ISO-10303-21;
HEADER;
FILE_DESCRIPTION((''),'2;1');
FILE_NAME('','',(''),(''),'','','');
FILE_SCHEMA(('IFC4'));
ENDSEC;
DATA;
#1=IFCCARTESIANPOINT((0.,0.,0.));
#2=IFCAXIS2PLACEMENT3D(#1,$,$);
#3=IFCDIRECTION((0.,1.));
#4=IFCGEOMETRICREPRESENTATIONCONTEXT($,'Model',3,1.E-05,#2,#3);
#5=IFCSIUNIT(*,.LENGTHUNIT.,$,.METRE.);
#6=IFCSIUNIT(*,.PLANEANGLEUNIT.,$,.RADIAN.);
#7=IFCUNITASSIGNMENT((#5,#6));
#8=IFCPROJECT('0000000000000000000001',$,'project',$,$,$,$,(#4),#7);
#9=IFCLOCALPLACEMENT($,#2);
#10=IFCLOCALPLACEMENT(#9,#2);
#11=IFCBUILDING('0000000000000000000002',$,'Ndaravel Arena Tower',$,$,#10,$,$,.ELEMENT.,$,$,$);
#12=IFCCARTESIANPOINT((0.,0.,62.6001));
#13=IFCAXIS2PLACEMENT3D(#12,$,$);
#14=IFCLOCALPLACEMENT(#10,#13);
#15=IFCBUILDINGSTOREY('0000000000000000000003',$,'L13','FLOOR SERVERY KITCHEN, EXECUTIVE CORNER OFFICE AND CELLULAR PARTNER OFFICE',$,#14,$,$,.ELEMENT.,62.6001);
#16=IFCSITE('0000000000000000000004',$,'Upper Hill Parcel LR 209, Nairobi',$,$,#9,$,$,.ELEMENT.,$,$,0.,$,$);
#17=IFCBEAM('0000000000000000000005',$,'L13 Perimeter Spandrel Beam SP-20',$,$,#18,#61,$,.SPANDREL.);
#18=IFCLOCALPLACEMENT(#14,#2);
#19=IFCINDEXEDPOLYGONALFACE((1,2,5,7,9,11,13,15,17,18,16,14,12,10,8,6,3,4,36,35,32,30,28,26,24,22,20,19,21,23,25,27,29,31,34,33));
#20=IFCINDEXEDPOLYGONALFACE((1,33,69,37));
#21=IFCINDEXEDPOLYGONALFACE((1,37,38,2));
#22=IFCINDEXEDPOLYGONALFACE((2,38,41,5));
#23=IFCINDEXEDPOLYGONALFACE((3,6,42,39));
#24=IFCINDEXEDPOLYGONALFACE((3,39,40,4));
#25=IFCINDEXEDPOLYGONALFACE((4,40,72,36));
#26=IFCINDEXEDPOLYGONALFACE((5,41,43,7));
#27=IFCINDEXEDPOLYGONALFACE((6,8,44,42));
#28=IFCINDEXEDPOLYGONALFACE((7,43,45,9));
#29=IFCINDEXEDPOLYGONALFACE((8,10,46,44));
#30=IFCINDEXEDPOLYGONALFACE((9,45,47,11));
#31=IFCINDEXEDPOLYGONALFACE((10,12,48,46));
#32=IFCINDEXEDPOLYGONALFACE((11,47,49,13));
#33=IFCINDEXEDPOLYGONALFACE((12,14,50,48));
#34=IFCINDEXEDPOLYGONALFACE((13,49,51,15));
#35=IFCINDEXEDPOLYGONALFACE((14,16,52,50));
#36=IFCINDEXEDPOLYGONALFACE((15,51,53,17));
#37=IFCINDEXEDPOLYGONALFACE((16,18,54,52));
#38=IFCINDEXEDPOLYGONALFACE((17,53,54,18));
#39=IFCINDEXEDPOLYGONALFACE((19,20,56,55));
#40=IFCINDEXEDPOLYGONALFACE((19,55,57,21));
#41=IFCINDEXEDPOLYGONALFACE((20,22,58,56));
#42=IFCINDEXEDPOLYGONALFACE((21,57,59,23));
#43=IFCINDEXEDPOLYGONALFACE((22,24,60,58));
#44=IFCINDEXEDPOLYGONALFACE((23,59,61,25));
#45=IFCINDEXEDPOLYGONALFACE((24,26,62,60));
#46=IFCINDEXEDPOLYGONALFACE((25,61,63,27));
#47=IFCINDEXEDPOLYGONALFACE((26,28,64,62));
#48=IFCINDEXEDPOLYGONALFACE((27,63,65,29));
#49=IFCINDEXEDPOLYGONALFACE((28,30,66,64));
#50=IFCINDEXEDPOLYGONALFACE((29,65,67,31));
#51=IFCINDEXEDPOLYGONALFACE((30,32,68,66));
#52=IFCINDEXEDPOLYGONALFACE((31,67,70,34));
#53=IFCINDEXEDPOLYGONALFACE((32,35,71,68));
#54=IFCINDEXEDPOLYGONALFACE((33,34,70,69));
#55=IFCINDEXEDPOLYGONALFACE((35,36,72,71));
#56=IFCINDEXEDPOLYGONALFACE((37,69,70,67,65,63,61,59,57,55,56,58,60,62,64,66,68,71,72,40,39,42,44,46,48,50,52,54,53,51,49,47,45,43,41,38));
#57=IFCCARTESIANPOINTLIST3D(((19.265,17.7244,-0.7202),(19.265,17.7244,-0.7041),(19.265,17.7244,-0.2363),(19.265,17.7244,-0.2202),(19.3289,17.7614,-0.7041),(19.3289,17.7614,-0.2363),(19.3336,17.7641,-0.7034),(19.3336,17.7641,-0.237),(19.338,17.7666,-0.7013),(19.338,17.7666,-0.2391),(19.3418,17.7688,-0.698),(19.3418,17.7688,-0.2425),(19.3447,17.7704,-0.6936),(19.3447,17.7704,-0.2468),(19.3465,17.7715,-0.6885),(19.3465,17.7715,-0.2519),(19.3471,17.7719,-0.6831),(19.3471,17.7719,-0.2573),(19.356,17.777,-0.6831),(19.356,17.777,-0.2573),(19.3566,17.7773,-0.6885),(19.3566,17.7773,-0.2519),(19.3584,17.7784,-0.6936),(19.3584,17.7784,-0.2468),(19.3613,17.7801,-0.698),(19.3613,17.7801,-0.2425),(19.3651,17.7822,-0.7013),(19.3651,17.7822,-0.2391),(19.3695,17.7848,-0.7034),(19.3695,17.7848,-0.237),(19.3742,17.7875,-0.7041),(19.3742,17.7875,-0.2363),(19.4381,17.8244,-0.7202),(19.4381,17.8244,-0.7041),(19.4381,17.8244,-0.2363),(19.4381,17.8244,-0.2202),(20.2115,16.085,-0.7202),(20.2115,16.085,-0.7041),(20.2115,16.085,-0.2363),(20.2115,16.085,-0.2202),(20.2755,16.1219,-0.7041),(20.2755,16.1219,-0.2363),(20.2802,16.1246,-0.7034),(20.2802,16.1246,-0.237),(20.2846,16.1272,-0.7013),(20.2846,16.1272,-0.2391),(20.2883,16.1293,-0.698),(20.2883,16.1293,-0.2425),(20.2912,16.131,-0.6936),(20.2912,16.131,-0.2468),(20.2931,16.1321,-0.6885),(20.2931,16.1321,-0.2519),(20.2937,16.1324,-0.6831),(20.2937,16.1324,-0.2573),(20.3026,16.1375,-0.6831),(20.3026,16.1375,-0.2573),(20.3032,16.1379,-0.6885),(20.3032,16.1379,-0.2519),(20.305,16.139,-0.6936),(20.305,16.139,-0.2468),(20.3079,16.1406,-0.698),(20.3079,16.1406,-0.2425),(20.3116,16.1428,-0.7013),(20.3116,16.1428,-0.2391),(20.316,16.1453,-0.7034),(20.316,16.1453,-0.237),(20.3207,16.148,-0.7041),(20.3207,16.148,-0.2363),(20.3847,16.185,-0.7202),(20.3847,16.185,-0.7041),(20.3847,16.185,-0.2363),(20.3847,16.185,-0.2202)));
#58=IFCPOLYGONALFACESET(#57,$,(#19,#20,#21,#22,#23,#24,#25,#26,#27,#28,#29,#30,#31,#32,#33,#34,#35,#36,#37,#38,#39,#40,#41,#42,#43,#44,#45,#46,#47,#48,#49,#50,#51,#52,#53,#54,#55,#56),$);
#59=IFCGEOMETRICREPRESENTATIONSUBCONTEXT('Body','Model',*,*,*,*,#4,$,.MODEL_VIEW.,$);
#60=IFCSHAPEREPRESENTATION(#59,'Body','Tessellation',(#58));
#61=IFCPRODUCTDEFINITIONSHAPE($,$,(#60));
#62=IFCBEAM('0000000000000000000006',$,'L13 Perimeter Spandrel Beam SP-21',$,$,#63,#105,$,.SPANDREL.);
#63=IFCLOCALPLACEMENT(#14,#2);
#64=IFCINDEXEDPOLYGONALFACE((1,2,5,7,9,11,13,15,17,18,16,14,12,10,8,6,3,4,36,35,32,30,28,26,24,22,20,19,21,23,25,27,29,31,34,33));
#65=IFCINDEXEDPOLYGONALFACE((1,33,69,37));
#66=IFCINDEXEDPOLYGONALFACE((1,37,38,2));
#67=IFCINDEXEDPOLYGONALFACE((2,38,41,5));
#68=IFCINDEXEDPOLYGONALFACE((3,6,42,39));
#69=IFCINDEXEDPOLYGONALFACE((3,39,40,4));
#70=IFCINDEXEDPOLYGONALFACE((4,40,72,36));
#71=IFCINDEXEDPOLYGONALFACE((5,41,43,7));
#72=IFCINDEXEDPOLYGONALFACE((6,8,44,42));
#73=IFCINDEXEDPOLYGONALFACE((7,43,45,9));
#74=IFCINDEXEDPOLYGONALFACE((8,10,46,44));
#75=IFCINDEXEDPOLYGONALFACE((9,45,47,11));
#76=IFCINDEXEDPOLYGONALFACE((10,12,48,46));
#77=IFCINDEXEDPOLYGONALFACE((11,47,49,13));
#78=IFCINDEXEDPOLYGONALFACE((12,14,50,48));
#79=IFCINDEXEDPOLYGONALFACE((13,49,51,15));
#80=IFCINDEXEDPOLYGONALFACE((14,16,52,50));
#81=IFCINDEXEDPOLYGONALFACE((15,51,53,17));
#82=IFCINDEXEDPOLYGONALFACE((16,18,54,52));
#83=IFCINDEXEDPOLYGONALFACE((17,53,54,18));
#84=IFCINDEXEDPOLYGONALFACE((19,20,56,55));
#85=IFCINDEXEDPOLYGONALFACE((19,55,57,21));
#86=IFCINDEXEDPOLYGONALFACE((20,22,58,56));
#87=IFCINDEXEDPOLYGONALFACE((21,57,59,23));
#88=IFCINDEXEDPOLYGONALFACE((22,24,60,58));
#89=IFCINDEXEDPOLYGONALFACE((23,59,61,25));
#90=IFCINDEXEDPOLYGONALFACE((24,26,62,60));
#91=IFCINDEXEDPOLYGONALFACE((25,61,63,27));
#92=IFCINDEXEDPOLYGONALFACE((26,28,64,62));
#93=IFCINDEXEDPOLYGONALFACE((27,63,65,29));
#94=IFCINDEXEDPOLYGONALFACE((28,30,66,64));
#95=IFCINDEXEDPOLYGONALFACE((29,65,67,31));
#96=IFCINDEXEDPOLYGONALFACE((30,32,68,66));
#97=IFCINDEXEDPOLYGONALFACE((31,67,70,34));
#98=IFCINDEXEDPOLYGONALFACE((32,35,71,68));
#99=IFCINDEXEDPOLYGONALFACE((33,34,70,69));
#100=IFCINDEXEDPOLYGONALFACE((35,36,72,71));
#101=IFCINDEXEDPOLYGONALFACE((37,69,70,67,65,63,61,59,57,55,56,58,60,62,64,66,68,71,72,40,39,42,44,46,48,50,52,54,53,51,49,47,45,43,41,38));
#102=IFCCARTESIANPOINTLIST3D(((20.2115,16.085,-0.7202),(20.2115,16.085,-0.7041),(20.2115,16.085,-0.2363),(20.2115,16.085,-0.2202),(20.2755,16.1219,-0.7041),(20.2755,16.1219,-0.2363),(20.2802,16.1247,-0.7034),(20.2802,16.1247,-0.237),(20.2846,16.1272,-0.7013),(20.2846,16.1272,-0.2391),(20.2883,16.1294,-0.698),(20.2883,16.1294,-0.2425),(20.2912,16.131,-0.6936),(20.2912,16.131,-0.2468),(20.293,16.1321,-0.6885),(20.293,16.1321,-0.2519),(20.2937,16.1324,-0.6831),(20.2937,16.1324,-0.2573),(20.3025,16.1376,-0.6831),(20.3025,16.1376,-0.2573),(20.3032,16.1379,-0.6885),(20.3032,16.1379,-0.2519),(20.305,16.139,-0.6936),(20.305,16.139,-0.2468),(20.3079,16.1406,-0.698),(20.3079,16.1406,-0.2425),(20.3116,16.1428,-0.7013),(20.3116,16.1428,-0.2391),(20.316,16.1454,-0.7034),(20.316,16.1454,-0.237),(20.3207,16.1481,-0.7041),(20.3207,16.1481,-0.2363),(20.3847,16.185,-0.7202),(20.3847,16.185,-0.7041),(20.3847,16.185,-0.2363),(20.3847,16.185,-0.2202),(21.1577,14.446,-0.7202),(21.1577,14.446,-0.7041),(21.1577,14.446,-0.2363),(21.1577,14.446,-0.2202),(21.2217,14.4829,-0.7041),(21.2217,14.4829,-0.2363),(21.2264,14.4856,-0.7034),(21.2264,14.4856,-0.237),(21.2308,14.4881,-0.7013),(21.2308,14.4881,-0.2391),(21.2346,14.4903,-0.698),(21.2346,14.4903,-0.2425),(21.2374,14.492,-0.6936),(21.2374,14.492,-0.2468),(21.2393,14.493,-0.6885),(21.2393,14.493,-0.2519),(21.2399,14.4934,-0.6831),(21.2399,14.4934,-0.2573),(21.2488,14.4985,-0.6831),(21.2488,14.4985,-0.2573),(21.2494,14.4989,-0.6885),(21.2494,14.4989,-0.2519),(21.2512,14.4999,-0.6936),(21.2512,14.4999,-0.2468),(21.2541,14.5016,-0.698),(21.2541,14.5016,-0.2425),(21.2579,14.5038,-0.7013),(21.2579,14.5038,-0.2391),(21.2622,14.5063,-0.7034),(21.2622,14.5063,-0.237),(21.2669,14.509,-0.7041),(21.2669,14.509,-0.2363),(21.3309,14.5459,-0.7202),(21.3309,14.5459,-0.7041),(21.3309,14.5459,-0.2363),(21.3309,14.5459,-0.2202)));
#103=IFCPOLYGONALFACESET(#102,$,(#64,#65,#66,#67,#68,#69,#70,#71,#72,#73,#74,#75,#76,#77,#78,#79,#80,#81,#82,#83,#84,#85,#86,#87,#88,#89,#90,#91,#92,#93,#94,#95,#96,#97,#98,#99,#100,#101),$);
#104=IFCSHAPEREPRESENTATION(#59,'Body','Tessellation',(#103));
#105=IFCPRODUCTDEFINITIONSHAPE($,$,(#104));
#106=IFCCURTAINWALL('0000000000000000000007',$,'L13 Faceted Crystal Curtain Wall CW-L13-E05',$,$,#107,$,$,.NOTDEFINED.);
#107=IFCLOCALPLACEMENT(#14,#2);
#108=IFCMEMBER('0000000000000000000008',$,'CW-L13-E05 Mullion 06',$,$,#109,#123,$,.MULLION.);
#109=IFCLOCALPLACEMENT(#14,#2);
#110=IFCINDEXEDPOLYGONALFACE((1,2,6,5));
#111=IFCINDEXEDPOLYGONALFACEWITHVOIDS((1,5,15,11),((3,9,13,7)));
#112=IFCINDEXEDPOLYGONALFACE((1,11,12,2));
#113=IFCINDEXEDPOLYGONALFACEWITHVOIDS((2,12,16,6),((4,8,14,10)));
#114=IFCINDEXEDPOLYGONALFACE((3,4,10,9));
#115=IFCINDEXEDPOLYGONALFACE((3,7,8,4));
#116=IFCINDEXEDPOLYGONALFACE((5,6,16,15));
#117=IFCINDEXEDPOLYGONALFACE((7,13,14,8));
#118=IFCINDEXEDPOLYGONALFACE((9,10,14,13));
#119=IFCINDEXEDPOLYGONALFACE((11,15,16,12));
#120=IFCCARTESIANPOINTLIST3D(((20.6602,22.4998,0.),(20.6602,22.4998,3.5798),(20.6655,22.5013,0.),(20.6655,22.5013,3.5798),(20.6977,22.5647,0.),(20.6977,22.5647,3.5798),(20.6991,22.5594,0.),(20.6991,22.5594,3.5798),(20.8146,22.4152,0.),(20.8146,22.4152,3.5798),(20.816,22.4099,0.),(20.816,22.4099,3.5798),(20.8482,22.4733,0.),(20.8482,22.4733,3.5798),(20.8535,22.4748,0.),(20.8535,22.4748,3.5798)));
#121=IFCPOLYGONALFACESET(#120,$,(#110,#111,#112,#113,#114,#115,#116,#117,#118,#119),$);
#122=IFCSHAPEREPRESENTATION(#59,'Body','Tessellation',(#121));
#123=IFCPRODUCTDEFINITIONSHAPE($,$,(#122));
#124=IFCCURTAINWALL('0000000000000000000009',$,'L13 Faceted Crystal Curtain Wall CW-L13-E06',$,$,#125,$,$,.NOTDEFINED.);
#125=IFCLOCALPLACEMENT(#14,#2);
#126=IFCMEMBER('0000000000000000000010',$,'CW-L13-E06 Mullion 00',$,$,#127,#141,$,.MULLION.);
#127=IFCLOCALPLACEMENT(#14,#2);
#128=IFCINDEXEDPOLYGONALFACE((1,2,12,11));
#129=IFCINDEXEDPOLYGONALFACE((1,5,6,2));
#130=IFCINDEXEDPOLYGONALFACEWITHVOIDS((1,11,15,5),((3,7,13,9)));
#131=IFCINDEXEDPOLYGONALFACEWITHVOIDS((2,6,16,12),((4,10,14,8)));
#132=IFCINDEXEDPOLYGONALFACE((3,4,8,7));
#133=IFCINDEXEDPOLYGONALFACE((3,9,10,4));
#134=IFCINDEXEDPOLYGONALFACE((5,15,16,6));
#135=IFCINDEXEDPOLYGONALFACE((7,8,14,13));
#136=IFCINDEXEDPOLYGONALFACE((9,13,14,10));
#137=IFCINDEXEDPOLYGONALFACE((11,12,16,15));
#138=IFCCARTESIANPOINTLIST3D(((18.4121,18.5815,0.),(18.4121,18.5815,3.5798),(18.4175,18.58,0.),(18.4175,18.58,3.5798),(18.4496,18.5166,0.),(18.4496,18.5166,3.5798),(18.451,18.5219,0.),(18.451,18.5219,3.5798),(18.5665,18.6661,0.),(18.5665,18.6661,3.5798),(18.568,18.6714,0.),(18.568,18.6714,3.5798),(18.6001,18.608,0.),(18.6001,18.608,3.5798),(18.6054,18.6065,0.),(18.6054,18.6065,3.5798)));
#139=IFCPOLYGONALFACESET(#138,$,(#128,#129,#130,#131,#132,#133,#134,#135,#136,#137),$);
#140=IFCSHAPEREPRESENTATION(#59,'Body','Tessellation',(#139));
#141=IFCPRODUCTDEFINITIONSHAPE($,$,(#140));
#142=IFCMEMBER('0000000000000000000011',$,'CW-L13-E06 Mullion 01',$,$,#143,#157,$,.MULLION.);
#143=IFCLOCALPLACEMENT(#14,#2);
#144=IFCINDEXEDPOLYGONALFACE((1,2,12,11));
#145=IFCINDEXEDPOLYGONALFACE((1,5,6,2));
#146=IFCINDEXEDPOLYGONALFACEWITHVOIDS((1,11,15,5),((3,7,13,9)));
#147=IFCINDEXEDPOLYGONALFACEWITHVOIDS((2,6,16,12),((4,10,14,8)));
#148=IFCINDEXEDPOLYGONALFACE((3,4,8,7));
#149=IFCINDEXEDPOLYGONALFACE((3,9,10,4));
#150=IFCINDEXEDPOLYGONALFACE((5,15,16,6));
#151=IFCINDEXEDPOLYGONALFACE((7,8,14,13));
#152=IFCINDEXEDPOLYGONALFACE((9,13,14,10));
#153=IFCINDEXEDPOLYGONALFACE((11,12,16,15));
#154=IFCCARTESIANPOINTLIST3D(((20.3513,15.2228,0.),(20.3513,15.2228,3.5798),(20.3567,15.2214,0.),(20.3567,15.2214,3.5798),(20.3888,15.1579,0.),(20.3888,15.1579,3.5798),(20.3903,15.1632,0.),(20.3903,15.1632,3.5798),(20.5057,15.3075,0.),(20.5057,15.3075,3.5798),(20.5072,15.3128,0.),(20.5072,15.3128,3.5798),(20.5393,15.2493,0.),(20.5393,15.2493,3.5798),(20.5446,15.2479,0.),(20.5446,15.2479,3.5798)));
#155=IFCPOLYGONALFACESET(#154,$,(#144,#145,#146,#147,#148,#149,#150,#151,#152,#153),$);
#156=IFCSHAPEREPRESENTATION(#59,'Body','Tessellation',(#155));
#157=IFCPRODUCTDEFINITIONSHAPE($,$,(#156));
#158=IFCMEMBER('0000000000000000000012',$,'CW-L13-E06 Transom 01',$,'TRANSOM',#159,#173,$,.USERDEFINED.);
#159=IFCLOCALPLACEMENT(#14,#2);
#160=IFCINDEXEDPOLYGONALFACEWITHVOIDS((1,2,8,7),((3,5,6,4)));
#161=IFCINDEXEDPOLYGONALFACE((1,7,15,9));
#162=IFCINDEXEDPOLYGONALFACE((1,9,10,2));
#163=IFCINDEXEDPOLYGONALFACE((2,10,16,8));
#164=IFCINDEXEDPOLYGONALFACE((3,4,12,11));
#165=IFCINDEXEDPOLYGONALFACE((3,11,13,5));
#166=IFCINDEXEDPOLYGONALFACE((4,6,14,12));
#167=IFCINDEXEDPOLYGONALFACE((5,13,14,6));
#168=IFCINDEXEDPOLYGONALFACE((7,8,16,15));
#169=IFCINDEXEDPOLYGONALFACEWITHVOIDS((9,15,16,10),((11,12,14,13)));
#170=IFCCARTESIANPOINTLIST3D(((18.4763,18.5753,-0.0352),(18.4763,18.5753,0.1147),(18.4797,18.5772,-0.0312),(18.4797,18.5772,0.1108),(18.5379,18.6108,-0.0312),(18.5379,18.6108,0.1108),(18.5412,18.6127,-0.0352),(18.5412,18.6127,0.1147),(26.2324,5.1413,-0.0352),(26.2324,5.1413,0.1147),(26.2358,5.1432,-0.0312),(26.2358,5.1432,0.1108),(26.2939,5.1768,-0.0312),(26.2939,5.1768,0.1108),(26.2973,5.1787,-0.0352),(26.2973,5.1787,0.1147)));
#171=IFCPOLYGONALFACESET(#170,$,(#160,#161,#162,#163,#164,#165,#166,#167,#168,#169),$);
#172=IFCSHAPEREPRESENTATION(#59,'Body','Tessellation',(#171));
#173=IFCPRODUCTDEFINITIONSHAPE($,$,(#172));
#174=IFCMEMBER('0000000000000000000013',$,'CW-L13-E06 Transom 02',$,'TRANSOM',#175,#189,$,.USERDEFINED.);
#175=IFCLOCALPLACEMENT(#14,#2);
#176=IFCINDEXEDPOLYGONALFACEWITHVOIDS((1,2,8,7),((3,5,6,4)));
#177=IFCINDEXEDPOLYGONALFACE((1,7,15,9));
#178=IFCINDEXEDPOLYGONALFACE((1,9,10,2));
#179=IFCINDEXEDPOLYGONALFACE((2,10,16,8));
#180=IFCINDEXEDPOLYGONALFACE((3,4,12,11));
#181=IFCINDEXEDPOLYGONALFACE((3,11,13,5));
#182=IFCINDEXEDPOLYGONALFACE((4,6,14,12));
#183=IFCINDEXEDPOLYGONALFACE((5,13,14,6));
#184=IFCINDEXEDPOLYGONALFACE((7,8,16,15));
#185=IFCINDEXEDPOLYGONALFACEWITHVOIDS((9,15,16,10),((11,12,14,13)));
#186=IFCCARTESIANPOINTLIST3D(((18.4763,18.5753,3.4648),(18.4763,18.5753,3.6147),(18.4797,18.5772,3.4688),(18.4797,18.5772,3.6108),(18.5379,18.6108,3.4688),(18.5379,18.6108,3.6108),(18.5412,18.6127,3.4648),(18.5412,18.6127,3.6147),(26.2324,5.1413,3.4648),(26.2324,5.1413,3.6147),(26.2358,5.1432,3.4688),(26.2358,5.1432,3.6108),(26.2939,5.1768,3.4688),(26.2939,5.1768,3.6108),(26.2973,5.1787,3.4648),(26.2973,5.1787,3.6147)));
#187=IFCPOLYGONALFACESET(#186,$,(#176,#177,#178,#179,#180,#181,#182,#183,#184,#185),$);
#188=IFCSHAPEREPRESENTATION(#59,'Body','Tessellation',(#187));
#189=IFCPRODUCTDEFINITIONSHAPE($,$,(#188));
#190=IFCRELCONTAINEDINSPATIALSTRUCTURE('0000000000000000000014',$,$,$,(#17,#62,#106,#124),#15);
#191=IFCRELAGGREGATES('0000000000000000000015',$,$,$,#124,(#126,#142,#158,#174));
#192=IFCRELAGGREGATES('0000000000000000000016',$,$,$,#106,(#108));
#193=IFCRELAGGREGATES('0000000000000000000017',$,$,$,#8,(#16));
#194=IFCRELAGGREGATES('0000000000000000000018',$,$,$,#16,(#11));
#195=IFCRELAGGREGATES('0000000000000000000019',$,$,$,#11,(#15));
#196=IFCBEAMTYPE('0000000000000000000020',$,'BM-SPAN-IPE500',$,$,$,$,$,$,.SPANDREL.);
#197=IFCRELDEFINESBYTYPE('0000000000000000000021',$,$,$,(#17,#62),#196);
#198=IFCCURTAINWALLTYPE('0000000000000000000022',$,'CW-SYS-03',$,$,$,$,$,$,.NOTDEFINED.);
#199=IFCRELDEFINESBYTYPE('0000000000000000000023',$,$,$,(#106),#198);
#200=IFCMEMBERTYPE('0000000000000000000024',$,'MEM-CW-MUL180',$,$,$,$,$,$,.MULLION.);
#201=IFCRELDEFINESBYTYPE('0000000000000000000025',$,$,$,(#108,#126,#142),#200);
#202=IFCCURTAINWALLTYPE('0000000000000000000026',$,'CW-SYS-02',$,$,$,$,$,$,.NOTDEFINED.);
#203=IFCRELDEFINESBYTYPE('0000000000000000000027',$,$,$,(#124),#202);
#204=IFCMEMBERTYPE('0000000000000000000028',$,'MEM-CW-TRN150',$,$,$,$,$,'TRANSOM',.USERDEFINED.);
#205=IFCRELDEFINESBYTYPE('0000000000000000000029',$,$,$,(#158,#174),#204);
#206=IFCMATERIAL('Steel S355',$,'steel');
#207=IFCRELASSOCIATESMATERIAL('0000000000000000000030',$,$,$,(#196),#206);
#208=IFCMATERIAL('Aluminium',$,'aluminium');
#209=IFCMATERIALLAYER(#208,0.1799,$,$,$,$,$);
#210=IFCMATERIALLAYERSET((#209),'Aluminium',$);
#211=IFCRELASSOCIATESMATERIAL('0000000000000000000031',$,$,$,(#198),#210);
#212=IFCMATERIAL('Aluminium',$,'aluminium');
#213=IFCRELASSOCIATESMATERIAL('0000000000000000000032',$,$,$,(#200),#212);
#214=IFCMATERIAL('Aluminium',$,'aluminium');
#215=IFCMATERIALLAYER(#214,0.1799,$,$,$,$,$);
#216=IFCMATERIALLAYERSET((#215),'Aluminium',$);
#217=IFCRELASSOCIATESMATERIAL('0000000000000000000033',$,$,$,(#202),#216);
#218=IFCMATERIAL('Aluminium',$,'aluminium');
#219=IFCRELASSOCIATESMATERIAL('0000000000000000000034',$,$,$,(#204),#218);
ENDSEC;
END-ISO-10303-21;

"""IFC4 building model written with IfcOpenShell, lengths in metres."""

from ifc_helpers import new_model, si_unit, direction, frame, origin, origin_2d, place, context, subcontext, project, spatial, hollow_rectangle, i_section, extrude, material, layer, layer_set, material_profile, profile_set, type_object, element, aggregate, save


model = new_model("IFC4")

# Units and contexts
model_context = context("Model", 3, precision=1e-05, world=origin(), true_north=direction((0.0, 1.0)))
body_context = subcontext(model_context, "Body", "Model", "MODEL_VIEW")
ifc_project = project(units=[si_unit("LENGTHUNIT", "METRE"), si_unit("PLANEANGLEUNIT", "RADIAN")], contexts=[model_context])

# Site, building, storey
site_placement = place(None, origin())
site = spatial("IfcSite", under=ifc_project, at=site_placement, Name="Upper Hill Parcel LR 209, Nairobi", CompositionType="ELEMENT", RefElevation=0.0)
building_placement = place(site_placement, origin())
building = spatial("IfcBuilding", under=site, at=building_placement, Name="Ndaravel Arena Tower", CompositionType="ELEMENT")
storey_placement = place(building_placement, frame((0.0, 0.0, 62.6001)))
storey = spatial("IfcBuildingStorey", under=building, at=storey_placement, Name="L13", Description="FLOOR SERVERY KITCHEN, EXECUTIVE CORNER OFFICE AND CELLULAR PARTNER OFFICE", CompositionType="ELEMENT", Elevation=62.6001)

# Beams
ifc_material_1 = material(Name="Steel S355", Category="steel")
ifc_material_profile_1 = material_profile(ifc_material_1, i_section(OverallWidth=0.2, OverallDepth=0.5, WebThickness=0.0103, FlangeThickness=0.0161, FilletRadius=0.021, at=origin_2d()), Name="IPE 500")
ifc_profile_set_1 = profile_set([ifc_material_profile_1], Name="Steel S355")
beam_type_1 = type_object("IfcBeamType", Name="BM-SPAN-IPE500", PredefinedType="SPANDREL", material=ifc_profile_set_1)
beam_1_placement = place(storey_placement, frame((19.3516, 17.7744, -0.4702), z_axis=(0.500009, -0.86602, 0.0), x_axis=(0.86602, 0.500009, 0.0)))
element("IfcBeam", 1, at=beam_1_placement, inside=storey, type_object=beam_type_1, Name="L13 Perimeter Spandrel Beam SP-20", PredefinedType="SPANDREL", context=body_context, shape_type="SweptSolid", body=[
    extrude(i_section(OverallWidth=0.2, OverallDepth=0.5, WebThickness=0.0103, FlangeThickness=0.0161, FilletRadius=0.021, at=origin_2d()), origin(), (0.0, 0.0, 1.0), 1.8931),
])
beam_2_placement = place(storey_placement, frame((20.2981, 16.135, -0.4702), z_axis=(0.499968, -0.866044, 0.0), x_axis=(0.866044, 0.499968, 0.0)))
element("IfcBeam", 2, at=beam_2_placement, inside=storey, type_object=beam_type_1, Name="L13 Perimeter Spandrel Beam SP-21", PredefinedType="SPANDREL", context=body_context, shape_type="SweptSolid", body=[
    extrude(i_section(OverallWidth=0.2, OverallDepth=0.5, WebThickness=0.0103, FlangeThickness=0.0161, FilletRadius=0.021, at=origin_2d()), origin(), (0.0, 0.0, 1.0), 1.8926),
])

# Curtain wall, member
ifc_material_2 = material(Name="Aluminium", Category="aluminium")
ifc_layer_1 = layer(ifc_material_2, 0.1799)
ifc_layer_set_1 = layer_set([ifc_layer_1], Name="Aluminium")
curtain_wall_type_1 = type_object("IfcCurtainWallType", Name="CW-SYS-03", PredefinedType="NOTDEFINED", material=ifc_layer_set_1)
curtain_wall_1_placement = place(storey_placement, origin())
curtain_wall_1 = element("IfcCurtainWall", 3, at=curtain_wall_1_placement, inside=storey, type_object=curtain_wall_type_1, Name="L13 Faceted Crystal Curtain Wall CW-L13-E05", PredefinedType="NOTDEFINED")
ifc_material_3 = material(Name="Aluminium", Category="aluminium")
ifc_material_profile_2 = material_profile(ifc_material_3, hollow_rectangle(XDim=0.075, YDim=0.1799, WallThickness=0.0039, at=origin_2d()), Name="CW MULLION 75x180x4")
ifc_profile_set_2 = profile_set([ifc_material_profile_2], Name="Aluminium")
member_type_1 = type_object("IfcMemberType", Name="MEM-CW-MUL180", PredefinedType="MULLION", material=ifc_profile_set_2)
member_1_placement = place(storey_placement, frame((20.7568, 22.4873, 0.0), z_axis=(0.0, 0.0, 1.0), x_axis=(-0.5, -0.866025, 0.0)))
member_1 = element("IfcMember", 4, at=member_1_placement, type_object=member_type_1, Name="CW-L13-E05 Mullion 06", PredefinedType="MULLION", context=body_context, shape_type="SweptSolid", body=[
    extrude(hollow_rectangle(XDim=0.075, YDim=0.1799, WallThickness=0.0039, at=origin_2d()), origin(), (0.0, 0.0, 1.0), 3.5798),
])

# Curtain wall, members
ifc_material_4 = material(Name="Aluminium", Category="aluminium")
ifc_layer_2 = layer(ifc_material_4, 0.1799)
ifc_layer_set_2 = layer_set([ifc_layer_2], Name="Aluminium")
curtain_wall_type_2 = type_object("IfcCurtainWallType", Name="CW-SYS-02", PredefinedType="NOTDEFINED", material=ifc_layer_set_2)
curtain_wall_2_placement = place(storey_placement, origin())
curtain_wall_2 = element("IfcCurtainWall", 5, at=curtain_wall_2_placement, inside=storey, type_object=curtain_wall_type_2, Name="L13 Faceted Crystal Curtain Wall CW-L13-E06", PredefinedType="NOTDEFINED")
member_2_placement = place(storey_placement, frame((18.5088, 18.594, 0.0), z_axis=(0.0, 0.0, 1.0), x_axis=(0.5, -0.866025, 0.0)))
member_2 = element("IfcMember", 6, at=member_2_placement, type_object=member_type_1, Name="CW-L13-E06 Mullion 00", PredefinedType="MULLION", context=body_context, shape_type="SweptSolid", body=[
    extrude(hollow_rectangle(XDim=0.075, YDim=0.1799, WallThickness=0.0039, at=origin_2d()), origin(), (0.0, 0.0, 1.0), 3.5798),
])
member_3_placement = place(storey_placement, frame((20.448, 15.2354, 0.0), z_axis=(0.0, 0.0, 1.0), x_axis=(0.5, -0.866025, 0.0)))
member_3 = element("IfcMember", 7, at=member_3_placement, type_object=member_type_1, Name="CW-L13-E06 Mullion 01", PredefinedType="MULLION", context=body_context, shape_type="SweptSolid", body=[
    extrude(hollow_rectangle(XDim=0.075, YDim=0.1799, WallThickness=0.0039, at=origin_2d()), origin(), (0.0, 0.0, 1.0), 3.5798),
])
ifc_material_5 = material(Name="Aluminium", Category="aluminium")
ifc_material_profile_3 = material_profile(ifc_material_5, hollow_rectangle(XDim=0.075, YDim=0.1499, WallThickness=0.0039, at=origin_2d()), Name="CW TRANSOM 75x150x4")
ifc_profile_set_3 = profile_set([ifc_material_profile_3], Name="Aluminium")
member_type_2 = type_object("IfcMemberType", Name="MEM-CW-TRN150", ElementType="TRANSOM", PredefinedType="USERDEFINED", material=ifc_profile_set_3)
member_4_placement = place(storey_placement, frame((18.5088, 18.594, 0.0398), z_axis=(0.499997, -0.866027, 0.0), x_axis=(0.866027, 0.499997, 0.0)))
member_4 = element("IfcMember", 8, at=member_4_placement, type_object=member_type_2, Name="CW-L13-E06 Transom 01", ObjectType="TRANSOM", PredefinedType="USERDEFINED", context=body_context, shape_type="SweptSolid", body=[
    extrude(hollow_rectangle(XDim=0.075, YDim=0.1499, WallThickness=0.0039, at=origin_2d()), origin(), (0.0, 0.0, 1.0), 15.5122),
])
member_5_placement = place(storey_placement, frame((18.5088, 18.594, 3.5398), z_axis=(0.499997, -0.866027, 0.0), x_axis=(0.866027, 0.499997, 0.0)))
member_5 = element("IfcMember", 9, at=member_5_placement, type_object=member_type_2, Name="CW-L13-E06 Transom 02", ObjectType="TRANSOM", PredefinedType="USERDEFINED", context=body_context, shape_type="SweptSolid", body=[
    extrude(hollow_rectangle(XDim=0.075, YDim=0.1499, WallThickness=0.0039, at=origin_2d()), origin(), (0.0, 0.0, 1.0), 15.5122),
])
aggregate(curtain_wall_2, [member_2, member_3, member_4, member_5])

aggregate(curtain_wall_1, [member_1])

save(model, "model.ifc")
